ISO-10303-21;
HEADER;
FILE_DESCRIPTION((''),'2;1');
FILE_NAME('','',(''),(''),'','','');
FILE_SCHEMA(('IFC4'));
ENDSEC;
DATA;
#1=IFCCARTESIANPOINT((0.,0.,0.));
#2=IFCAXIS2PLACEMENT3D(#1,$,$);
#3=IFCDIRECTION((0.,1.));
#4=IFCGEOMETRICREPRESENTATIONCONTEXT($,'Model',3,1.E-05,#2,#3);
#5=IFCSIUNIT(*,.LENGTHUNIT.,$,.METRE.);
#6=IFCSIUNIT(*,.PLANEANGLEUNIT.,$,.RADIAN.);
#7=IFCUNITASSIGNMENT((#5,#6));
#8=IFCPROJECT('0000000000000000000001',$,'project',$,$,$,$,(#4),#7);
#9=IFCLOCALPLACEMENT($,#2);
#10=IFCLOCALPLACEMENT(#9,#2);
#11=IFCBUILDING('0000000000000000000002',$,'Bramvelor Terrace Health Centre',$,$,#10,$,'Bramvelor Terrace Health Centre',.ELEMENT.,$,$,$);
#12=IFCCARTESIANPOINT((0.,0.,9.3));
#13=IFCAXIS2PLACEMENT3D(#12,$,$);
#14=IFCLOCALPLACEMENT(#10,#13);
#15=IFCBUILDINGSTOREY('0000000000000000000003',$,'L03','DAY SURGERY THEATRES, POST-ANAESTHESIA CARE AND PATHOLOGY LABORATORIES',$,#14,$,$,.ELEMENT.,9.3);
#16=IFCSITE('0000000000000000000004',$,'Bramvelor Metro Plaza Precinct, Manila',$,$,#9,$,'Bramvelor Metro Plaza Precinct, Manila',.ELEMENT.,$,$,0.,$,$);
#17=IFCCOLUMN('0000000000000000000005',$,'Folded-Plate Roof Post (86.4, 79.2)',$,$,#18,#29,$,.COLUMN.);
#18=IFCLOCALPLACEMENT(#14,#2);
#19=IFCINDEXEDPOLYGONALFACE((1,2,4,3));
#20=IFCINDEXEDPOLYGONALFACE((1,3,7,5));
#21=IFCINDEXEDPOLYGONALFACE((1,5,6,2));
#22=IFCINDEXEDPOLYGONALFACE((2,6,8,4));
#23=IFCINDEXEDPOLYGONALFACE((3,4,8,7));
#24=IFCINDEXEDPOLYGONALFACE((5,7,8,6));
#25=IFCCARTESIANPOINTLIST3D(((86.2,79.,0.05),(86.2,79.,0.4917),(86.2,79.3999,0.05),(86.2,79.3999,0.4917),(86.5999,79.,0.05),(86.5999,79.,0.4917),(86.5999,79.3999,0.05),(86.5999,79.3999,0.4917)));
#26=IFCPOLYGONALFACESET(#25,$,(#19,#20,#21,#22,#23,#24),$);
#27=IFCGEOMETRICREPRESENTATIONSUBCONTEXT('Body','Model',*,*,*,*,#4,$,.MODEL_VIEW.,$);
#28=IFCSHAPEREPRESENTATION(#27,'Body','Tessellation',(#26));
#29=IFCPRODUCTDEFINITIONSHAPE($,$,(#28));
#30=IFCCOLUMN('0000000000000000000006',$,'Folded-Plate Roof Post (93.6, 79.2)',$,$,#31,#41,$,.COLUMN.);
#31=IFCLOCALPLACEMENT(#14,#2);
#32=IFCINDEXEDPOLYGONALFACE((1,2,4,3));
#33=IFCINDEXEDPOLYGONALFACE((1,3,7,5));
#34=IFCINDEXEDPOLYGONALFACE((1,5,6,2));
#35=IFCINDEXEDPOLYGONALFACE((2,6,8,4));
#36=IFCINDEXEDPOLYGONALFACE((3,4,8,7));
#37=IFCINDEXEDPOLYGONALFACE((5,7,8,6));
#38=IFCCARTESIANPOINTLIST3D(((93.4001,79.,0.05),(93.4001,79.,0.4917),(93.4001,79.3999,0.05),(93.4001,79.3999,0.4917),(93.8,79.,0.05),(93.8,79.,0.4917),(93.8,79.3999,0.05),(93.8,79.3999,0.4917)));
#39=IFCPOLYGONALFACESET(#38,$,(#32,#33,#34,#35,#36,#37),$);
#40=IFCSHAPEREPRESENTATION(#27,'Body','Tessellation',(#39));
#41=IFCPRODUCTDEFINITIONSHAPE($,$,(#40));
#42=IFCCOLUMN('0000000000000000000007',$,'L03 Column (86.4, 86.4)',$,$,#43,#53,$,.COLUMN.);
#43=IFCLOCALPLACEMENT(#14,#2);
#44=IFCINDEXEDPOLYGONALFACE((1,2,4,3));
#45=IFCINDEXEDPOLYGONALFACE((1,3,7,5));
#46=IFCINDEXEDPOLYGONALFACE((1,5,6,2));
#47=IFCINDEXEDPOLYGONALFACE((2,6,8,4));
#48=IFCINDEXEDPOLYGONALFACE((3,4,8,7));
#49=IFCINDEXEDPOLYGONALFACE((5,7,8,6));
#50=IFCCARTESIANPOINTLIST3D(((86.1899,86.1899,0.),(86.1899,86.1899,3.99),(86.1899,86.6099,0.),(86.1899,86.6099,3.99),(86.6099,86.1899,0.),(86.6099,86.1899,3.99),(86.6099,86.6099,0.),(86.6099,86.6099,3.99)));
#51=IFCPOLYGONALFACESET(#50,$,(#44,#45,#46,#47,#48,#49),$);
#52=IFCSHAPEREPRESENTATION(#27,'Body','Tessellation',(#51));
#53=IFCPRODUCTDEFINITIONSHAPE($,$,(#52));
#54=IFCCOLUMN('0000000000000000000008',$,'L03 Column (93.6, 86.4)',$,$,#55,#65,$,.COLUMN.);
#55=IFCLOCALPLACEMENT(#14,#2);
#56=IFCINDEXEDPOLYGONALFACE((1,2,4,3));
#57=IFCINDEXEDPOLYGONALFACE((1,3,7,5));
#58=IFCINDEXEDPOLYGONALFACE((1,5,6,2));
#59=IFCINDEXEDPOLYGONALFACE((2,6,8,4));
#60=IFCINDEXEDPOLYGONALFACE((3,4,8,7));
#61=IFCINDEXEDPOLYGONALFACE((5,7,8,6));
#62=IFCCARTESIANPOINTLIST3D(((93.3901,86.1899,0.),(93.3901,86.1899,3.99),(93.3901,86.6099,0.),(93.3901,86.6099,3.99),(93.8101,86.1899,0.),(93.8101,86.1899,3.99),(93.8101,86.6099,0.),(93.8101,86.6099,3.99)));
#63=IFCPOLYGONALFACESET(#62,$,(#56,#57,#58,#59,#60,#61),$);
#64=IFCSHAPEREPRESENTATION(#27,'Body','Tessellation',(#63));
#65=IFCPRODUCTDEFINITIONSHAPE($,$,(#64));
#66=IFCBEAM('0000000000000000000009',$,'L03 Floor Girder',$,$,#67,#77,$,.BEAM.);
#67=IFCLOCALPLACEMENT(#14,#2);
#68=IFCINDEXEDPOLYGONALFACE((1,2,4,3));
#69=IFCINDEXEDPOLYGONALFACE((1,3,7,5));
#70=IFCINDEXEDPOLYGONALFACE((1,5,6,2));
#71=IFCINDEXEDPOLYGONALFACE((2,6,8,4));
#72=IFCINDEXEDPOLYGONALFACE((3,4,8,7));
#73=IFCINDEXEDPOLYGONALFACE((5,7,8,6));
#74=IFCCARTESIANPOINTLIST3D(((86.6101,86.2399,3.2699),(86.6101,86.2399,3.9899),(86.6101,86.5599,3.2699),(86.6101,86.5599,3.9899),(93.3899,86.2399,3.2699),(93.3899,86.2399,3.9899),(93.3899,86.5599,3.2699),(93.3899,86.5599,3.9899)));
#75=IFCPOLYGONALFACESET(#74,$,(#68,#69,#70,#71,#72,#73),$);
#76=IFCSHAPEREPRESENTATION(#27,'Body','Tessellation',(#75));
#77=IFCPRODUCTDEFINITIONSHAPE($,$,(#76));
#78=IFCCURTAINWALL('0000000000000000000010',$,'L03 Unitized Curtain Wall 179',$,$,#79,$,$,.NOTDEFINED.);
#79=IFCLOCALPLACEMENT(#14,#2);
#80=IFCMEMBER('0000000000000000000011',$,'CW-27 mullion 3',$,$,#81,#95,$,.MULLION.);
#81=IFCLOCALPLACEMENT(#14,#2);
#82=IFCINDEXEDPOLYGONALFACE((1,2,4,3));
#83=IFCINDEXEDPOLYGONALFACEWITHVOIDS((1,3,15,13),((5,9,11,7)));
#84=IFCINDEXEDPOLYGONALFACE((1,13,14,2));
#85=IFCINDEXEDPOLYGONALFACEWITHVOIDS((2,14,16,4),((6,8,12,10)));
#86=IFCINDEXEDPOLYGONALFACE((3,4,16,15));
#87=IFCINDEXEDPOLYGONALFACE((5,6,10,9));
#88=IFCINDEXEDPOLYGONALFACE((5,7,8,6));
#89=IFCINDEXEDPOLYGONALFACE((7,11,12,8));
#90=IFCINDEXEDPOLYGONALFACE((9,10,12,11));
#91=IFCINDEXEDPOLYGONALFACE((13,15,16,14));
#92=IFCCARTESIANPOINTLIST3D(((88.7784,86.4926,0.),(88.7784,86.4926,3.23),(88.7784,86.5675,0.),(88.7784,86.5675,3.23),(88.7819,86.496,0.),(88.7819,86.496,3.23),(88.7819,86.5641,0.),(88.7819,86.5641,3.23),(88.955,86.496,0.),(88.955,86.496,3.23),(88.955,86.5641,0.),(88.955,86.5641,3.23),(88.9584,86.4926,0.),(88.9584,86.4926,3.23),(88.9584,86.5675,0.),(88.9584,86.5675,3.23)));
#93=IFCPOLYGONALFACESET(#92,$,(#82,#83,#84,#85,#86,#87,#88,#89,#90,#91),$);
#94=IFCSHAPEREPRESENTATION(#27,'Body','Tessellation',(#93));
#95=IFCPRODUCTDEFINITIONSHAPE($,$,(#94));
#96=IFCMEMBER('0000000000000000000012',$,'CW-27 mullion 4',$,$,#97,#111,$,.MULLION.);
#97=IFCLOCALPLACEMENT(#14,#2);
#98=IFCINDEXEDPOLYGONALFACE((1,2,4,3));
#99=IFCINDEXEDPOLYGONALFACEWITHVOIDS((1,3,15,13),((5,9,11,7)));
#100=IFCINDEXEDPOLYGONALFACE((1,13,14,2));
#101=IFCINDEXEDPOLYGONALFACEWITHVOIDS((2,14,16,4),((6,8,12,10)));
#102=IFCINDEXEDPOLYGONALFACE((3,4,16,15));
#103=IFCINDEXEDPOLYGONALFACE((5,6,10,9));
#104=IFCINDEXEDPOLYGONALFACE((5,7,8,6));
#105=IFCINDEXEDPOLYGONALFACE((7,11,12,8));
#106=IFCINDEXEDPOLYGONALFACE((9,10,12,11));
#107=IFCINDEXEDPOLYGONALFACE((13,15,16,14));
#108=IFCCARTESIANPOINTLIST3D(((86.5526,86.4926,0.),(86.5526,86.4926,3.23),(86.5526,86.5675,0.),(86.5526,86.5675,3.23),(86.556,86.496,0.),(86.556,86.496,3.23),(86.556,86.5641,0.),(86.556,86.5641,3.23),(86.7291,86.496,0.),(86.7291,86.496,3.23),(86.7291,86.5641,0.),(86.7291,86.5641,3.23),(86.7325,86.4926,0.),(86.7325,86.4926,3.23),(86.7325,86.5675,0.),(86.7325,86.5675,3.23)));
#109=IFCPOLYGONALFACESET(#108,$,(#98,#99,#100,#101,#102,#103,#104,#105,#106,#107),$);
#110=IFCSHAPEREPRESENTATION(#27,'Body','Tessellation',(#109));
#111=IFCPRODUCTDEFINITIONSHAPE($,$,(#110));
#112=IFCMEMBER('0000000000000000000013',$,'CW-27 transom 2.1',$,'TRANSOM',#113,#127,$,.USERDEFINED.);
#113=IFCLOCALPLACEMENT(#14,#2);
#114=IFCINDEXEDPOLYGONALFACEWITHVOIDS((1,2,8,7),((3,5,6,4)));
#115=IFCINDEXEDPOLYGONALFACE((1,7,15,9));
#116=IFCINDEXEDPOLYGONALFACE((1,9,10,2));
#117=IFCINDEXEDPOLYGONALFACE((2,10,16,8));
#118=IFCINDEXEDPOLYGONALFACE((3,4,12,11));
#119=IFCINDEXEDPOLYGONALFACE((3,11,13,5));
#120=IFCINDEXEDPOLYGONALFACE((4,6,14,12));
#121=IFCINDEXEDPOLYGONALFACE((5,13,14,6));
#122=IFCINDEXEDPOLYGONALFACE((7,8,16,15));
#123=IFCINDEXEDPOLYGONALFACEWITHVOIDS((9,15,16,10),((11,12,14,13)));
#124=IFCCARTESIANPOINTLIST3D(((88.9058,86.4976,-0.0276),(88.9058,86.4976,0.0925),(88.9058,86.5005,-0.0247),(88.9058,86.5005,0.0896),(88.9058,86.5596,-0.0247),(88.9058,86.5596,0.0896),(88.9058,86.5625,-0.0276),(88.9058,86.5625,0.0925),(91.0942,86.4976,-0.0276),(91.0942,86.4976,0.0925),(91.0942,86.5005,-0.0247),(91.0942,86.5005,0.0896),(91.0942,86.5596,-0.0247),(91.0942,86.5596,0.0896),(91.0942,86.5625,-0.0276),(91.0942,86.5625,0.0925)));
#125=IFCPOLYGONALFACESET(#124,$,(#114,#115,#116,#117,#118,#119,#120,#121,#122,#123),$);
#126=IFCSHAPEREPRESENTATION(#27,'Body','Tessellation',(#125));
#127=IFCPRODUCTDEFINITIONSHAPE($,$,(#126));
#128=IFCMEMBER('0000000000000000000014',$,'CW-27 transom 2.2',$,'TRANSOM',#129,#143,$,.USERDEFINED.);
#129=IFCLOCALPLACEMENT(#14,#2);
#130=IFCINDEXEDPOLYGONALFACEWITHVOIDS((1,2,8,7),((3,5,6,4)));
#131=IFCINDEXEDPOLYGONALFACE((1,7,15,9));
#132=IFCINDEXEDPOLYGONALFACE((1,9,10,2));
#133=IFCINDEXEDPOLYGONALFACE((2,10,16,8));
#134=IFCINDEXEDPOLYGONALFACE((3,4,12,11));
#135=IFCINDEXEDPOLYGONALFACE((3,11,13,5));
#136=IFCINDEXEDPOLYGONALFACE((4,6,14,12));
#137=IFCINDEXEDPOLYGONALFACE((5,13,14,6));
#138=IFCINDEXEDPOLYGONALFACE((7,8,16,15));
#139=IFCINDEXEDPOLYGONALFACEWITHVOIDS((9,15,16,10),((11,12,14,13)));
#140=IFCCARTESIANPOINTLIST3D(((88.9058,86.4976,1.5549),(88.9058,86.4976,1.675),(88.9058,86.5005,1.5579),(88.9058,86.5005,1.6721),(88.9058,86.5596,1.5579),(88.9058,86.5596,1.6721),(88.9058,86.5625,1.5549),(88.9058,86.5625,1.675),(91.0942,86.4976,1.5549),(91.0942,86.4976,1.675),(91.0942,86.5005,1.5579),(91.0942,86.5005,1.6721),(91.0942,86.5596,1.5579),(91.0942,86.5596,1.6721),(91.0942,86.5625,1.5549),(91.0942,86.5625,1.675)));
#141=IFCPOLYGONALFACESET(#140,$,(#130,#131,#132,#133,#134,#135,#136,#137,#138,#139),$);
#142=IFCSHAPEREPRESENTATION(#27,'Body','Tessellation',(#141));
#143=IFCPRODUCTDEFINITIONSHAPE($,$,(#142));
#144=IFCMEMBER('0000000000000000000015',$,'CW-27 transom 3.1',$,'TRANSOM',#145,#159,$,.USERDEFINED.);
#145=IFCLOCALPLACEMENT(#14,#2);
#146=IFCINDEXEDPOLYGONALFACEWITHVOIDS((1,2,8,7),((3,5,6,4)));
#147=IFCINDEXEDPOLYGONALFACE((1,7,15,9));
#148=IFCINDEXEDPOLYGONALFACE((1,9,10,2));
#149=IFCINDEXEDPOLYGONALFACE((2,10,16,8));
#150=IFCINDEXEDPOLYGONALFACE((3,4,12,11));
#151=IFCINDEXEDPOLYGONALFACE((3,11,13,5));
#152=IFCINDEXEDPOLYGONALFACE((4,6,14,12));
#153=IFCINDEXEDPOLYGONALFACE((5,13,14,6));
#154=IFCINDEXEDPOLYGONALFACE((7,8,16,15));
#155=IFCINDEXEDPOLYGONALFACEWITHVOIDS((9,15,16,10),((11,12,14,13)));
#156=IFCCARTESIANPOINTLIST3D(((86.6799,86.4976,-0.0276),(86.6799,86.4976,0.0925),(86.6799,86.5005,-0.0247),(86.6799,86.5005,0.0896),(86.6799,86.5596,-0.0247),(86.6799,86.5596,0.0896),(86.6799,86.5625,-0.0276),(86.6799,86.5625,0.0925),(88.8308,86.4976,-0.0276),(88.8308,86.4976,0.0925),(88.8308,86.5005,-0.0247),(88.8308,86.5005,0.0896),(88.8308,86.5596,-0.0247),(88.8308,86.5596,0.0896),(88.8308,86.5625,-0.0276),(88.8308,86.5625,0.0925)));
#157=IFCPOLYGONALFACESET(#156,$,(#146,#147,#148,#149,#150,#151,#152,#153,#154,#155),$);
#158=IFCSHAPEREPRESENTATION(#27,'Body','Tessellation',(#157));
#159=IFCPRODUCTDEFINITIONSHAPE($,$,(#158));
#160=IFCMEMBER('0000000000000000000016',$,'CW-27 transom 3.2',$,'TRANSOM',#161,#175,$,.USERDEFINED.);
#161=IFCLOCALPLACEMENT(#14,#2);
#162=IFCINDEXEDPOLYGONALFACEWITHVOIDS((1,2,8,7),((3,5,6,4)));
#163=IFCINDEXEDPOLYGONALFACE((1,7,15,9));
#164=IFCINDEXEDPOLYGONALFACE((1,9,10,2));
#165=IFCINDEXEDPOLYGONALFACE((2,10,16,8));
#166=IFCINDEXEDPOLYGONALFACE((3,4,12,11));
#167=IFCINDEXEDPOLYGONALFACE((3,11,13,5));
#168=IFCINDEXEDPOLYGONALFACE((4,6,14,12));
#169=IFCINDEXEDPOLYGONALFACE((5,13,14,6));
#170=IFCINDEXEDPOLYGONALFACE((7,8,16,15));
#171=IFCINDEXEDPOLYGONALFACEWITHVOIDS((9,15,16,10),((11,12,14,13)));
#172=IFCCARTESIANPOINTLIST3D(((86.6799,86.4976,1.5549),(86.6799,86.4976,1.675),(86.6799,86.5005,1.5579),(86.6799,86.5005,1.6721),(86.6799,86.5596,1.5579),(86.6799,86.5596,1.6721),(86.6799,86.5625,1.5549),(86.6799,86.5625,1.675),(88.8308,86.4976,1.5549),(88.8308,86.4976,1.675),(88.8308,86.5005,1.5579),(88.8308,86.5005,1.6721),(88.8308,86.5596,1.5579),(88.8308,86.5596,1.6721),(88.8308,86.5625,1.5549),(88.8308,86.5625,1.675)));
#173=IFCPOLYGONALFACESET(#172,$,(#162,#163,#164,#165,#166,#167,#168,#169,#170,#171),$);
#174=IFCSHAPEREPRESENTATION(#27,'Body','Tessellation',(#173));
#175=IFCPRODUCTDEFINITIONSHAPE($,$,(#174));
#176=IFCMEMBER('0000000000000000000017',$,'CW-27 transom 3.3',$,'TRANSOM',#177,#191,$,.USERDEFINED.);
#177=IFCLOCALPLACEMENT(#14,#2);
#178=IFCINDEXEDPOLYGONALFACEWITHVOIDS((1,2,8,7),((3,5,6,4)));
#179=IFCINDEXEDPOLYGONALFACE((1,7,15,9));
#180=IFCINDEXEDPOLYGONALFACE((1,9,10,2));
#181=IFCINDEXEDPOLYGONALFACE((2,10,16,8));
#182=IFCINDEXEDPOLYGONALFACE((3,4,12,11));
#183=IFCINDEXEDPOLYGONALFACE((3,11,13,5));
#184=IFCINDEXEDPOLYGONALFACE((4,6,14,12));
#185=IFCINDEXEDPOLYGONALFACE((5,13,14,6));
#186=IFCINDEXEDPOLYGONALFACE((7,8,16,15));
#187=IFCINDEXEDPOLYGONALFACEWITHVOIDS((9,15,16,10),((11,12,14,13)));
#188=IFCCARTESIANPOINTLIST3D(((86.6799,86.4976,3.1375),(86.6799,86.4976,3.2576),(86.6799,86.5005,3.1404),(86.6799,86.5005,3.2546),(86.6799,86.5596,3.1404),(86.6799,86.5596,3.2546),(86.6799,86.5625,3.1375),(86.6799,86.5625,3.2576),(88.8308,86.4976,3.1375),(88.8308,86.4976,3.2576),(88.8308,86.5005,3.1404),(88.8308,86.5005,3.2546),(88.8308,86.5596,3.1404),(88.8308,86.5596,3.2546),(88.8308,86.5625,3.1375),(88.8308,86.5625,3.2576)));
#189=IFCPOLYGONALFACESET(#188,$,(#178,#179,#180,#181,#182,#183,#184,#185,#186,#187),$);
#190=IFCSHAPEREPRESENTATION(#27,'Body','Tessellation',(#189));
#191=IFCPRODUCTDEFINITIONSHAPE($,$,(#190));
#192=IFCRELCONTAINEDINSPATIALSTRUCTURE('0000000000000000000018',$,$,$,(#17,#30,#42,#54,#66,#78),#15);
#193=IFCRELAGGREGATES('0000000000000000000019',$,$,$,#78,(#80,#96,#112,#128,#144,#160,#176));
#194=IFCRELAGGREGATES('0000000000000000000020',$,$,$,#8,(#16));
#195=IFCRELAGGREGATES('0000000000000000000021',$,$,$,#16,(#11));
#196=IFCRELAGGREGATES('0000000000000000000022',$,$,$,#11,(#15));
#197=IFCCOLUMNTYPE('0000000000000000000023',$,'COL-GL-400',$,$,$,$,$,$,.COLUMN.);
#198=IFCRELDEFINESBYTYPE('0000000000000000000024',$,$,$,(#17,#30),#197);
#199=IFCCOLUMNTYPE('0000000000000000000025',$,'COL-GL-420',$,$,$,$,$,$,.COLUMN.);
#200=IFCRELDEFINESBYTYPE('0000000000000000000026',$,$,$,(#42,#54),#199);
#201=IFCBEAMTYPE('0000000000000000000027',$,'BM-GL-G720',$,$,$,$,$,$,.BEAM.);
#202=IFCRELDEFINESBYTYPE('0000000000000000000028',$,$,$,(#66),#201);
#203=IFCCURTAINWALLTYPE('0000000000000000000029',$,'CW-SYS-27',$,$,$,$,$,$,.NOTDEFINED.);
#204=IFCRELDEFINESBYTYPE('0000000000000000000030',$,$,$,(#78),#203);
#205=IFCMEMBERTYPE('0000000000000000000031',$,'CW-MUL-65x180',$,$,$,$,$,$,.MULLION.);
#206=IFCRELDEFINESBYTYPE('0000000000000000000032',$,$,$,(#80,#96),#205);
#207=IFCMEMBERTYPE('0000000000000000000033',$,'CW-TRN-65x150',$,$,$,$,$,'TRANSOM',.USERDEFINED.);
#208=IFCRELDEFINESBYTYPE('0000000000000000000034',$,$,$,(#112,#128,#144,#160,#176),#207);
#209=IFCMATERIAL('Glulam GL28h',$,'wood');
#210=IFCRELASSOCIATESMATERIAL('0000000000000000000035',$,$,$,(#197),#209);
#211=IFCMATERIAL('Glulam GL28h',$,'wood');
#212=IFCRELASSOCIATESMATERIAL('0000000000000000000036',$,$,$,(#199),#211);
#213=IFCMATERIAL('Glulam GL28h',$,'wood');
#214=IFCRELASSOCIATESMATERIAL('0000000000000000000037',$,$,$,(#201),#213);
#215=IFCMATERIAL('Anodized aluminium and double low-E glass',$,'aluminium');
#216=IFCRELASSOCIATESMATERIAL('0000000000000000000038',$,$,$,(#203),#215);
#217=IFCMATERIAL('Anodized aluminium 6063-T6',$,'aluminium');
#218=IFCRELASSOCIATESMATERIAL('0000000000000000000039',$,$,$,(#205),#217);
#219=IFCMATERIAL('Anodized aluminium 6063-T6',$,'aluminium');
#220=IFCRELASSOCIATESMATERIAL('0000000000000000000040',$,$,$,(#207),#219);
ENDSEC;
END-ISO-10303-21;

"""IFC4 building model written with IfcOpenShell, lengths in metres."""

from ifc_helpers import new_model, si_unit, direction, frame, origin, origin_2d, place, context, subcontext, project, spatial, rectangle, hollow_rectangle, extrude, material, material_profile, profile_set, type_object, element, aggregate, save


model = new_model("IFC4")

# Units and contexts
model_context = context("Model", 3, precision=1e-05, world=origin(), true_north=direction((0.0, 1.0)))
body_context = subcontext(model_context, "Body", "Model", "MODEL_VIEW")
ifc_project = project(units=[si_unit("LENGTHUNIT", "METRE"), si_unit("PLANEANGLEUNIT", "RADIAN")], contexts=[model_context])

# Site, building, storey
site_placement = place(None, origin())
site = spatial("IfcSite", under=ifc_project, at=site_placement, Name="Bramvelor Metro Plaza Precinct, Manila", LongName="Bramvelor Metro Plaza Precinct, Manila", CompositionType="ELEMENT", RefElevation=0.0)
building_placement = place(site_placement, origin())
building = spatial("IfcBuilding", under=site, at=building_placement, Name="Bramvelor Terrace Health Centre", LongName="Bramvelor Terrace Health Centre", CompositionType="ELEMENT")
storey_placement = place(building_placement, frame((0.0, 0.0, 9.3)))
storey = spatial("IfcBuildingStorey", under=building, at=storey_placement, Name="L03", Description="DAY SURGERY THEATRES, POST-ANAESTHESIA CARE AND PATHOLOGY LABORATORIES", CompositionType="ELEMENT", Elevation=9.3)

# Columns
ifc_material_1 = material(Name="Glulam GL28h", Category="wood")
ifc_material_profile_1 = material_profile(ifc_material_1, rectangle(XDim=0.3999, YDim=0.3999, at=origin_2d()), Name="GL 400x400")
ifc_profile_set_1 = profile_set([ifc_material_profile_1], Name="Glulam GL28h")
column_type_1 = type_object("IfcColumnType", Name="COL-GL-400", PredefinedType="COLUMN", material=ifc_profile_set_1)
for number, where, z_axis, x_axis, name in (
    (1, (86.3999, 79.2, 0.05), (0.0, 0.0, 1.0), (1.0, 0.0, 0.0), "Folded-Plate Roof Post (86.4, 79.2)"),
    (2, (93.6001, 79.2, 0.05), (0.0, 0.0, 1.0), (1.0, 0.0, 0.0), "Folded-Plate Roof Post (93.6, 79.2)"),
):
    element("IfcColumn", number, at=place(storey_placement, frame(where, z_axis=z_axis, x_axis=x_axis)), inside=storey, type_object=column_type_1, Name=name, PredefinedType="COLUMN", context=body_context, shape_type="SweptSolid", body=[
        extrude(rectangle(XDim=0.3999, YDim=0.3999, at=origin_2d()), origin(), (0.0, 0.0, 1.0), 0.4417),
    ])
ifc_material_2 = material(Name="Glulam GL28h", Category="wood")
ifc_material_profile_2 = material_profile(ifc_material_2, rectangle(XDim=0.4199, YDim=0.4199, at=origin_2d()), Name="GL 420x420")
ifc_profile_set_2 = profile_set([ifc_material_profile_2], Name="Glulam GL28h")
column_type_2 = type_object("IfcColumnType", Name="COL-GL-420", PredefinedType="COLUMN", material=ifc_profile_set_2)
for number, where, z_axis, x_axis, name in (
    (3, (86.3999, 86.3999, 0.0), (0.0, 0.0, 1.0), (1.0, 0.0, 0.0), "L03 Column (86.4, 86.4)"),
    (4, (93.6001, 86.3999, 0.0), (0.0, 0.0, 1.0), (1.0, 0.0, 0.0), "L03 Column (93.6, 86.4)"),
):
    element("IfcColumn", number, at=place(storey_placement, frame(where, z_axis=z_axis, x_axis=x_axis)), inside=storey, type_object=column_type_2, Name=name, PredefinedType="COLUMN", context=body_context, shape_type="SweptSolid", body=[
        extrude(rectangle(XDim=0.4199, YDim=0.4199, at=origin_2d()), origin(), (0.0, 0.0, 1.0), 3.99),
    ])

# Beam
ifc_material_3 = material(Name="Glulam GL28h", Category="wood")
ifc_material_profile_3 = material_profile(ifc_material_3, rectangle(XDim=0.3201, YDim=0.72, at=origin_2d()), Name="GL 320x720")
ifc_profile_set_3 = profile_set([ifc_material_profile_3], Name="Glulam GL28h")
beam_type = type_object("IfcBeamType", Name="BM-GL-G720", PredefinedType="BEAM", material=ifc_profile_set_3)
beam_placement = place(storey_placement, frame((86.6101, 86.3999, 3.6299), z_axis=(1.0, 0.0, 0.0), x_axis=(0.0, 1.0, 0.0)))
element("IfcBeam", 5, at=beam_placement, inside=storey, type_object=beam_type, Name="L03 Floor Girder", PredefinedType="BEAM", context=body_context, shape_type="SweptSolid", body=[
    extrude(rectangle(XDim=0.3201, YDim=0.72, at=origin_2d()), origin(), (0.0, 0.0, 1.0), 6.7798),
])

# Curtain wall, members
ifc_material_4 = material(Name="Anodized aluminium and double low-E glass", Category="aluminium")
curtain_wall_type = type_object("IfcCurtainWallType", Name="CW-SYS-27", PredefinedType="NOTDEFINED", material=ifc_material_4)
curtain_wall_placement = place(storey_placement, origin())
curtain_wall = element("IfcCurtainWall", 6, at=curtain_wall_placement, inside=storey, type_object=curtain_wall_type, Name="L03 Unitized Curtain Wall 179", PredefinedType="NOTDEFINED")
ifc_material_5 = material(Name="Anodized aluminium 6063-T6", Category="aluminium")
ifc_material_profile_4 = material_profile(ifc_material_5, hollow_rectangle(XDim=0.075, YDim=0.1799, WallThickness=0.0034, at=origin_2d()), Name="ALU-MUL 75x180x3.5")
ifc_profile_set_4 = profile_set([ifc_material_profile_4], Name="Anodized aluminium 6063-T6")
member_type_1 = type_object("IfcMemberType", Name="CW-MUL-65x180", PredefinedType="MULLION", material=ifc_profile_set_4)
member_1_placement = place(storey_placement, frame((88.8684, 86.53, 0.0), z_axis=(0.0, 0.0, 1.0), x_axis=(0.0, -1.0, 0.0)))
member_1 = element("IfcMember", 7, at=member_1_placement, type_object=member_type_1, Name="CW-27 mullion 3", PredefinedType="MULLION", context=body_context, shape_type="SweptSolid", body=[
    extrude(hollow_rectangle(XDim=0.075, YDim=0.1799, WallThickness=0.0034, at=origin_2d()), origin(), (0.0, 0.0, 1.0), 3.23),
])
member_2_placement = place(storey_placement, frame((86.6426, 86.53, 0.0), z_axis=(0.0, 0.0, 1.0), x_axis=(0.0, -1.0, 0.0)))
member_2 = element("IfcMember", 8, at=member_2_placement, type_object=member_type_1, Name="CW-27 mullion 4", PredefinedType="MULLION", context=body_context, shape_type="SweptSolid", body=[
    extrude(hollow_rectangle(XDim=0.075, YDim=0.1799, WallThickness=0.0034, at=origin_2d()), origin(), (0.0, 0.0, 1.0), 3.23),
])
ifc_material_6 = material(Name="Anodized aluminium 6063-T6", Category="aluminium")
ifc_material_profile_5 = material_profile(ifc_material_6, hollow_rectangle(XDim=0.0649, YDim=0.1201, WallThickness=0.0029, at=origin_2d()), Name="ALU-TRN 65x120x3.0")
ifc_profile_set_5 = profile_set([ifc_material_profile_5], Name="Anodized aluminium 6063-T6")
member_type_2 = type_object("IfcMemberType", Name="CW-TRN-65x150", ElementType="TRANSOM", PredefinedType="USERDEFINED", material=ifc_profile_set_5)
member_3_placement = place(storey_placement, frame((91.0942, 86.53, 0.0325), z_axis=(-1.0, 0.0, 0.0), x_axis=(0.0, -1.0, 0.0)))
member_3 = element("IfcMember", 9, at=member_3_placement, type_object=member_type_2, Name="CW-27 transom 2.1", ObjectType="TRANSOM", PredefinedType="USERDEFINED", context=body_context, shape_type="SweptSolid", body=[
    extrude(hollow_rectangle(XDim=0.0649, YDim=0.1201, WallThickness=0.0029, at=origin_2d()), origin(), (0.0, 0.0, 1.0), 2.1885),
])
member_4_placement = place(storey_placement, frame((91.0942, 86.53, 1.615), z_axis=(-1.0, 0.0, 0.0), x_axis=(0.0, -1.0, 0.0)))
member_4 = element("IfcMember", 10, at=member_4_placement, type_object=member_type_2, Name="CW-27 transom 2.2", ObjectType="TRANSOM", PredefinedType="USERDEFINED", context=body_context, shape_type="SweptSolid", body=[
    extrude(hollow_rectangle(XDim=0.0649, YDim=0.1201, WallThickness=0.0029, at=origin_2d()), origin(), (0.0, 0.0, 1.0), 2.1885),
])
member_5_placement = place(storey_placement, frame((88.8308, 86.53, 0.0325), z_axis=(-1.0, 0.0, 0.0), x_axis=(0.0, -1.0, 0.0)))
member_5 = element("IfcMember", 11, at=member_5_placement, type_object=member_type_2, Name="CW-27 transom 3.1", ObjectType="TRANSOM", PredefinedType="USERDEFINED", context=body_context, shape_type="SweptSolid", body=[
    extrude(hollow_rectangle(XDim=0.0649, YDim=0.1201, WallThickness=0.0029, at=origin_2d()), origin(), (0.0, 0.0, 1.0), 2.1509),
])
member_6_placement = place(storey_placement, frame((88.8308, 86.53, 1.615), z_axis=(-1.0, 0.0, 0.0), x_axis=(0.0, -1.0, 0.0)))
member_6 = element("IfcMember", 12, at=member_6_placement, type_object=member_type_2, Name="CW-27 transom 3.2", ObjectType="TRANSOM", PredefinedType="USERDEFINED", context=body_context, shape_type="SweptSolid", body=[
    extrude(hollow_rectangle(XDim=0.0649, YDim=0.1201, WallThickness=0.0029, at=origin_2d()), origin(), (0.0, 0.0, 1.0), 2.1509),
])
member_7_placement = place(storey_placement, frame((88.8308, 86.53, 3.1975), z_axis=(-1.0, 0.0, 0.0), x_axis=(0.0, -1.0, 0.0)))
member_7 = element("IfcMember", 13, at=member_7_placement, type_object=member_type_2, Name="CW-27 transom 3.3", ObjectType="TRANSOM", PredefinedType="USERDEFINED", context=body_context, shape_type="SweptSolid", body=[
    extrude(hollow_rectangle(XDim=0.0649, YDim=0.1201, WallThickness=0.0029, at=origin_2d()), origin(), (0.0, 0.0, 1.0), 2.1509),
])

aggregate(curtain_wall, [member_1, member_2, member_3, member_4, member_5, member_6, member_7])

save(model, "model.ifc")
